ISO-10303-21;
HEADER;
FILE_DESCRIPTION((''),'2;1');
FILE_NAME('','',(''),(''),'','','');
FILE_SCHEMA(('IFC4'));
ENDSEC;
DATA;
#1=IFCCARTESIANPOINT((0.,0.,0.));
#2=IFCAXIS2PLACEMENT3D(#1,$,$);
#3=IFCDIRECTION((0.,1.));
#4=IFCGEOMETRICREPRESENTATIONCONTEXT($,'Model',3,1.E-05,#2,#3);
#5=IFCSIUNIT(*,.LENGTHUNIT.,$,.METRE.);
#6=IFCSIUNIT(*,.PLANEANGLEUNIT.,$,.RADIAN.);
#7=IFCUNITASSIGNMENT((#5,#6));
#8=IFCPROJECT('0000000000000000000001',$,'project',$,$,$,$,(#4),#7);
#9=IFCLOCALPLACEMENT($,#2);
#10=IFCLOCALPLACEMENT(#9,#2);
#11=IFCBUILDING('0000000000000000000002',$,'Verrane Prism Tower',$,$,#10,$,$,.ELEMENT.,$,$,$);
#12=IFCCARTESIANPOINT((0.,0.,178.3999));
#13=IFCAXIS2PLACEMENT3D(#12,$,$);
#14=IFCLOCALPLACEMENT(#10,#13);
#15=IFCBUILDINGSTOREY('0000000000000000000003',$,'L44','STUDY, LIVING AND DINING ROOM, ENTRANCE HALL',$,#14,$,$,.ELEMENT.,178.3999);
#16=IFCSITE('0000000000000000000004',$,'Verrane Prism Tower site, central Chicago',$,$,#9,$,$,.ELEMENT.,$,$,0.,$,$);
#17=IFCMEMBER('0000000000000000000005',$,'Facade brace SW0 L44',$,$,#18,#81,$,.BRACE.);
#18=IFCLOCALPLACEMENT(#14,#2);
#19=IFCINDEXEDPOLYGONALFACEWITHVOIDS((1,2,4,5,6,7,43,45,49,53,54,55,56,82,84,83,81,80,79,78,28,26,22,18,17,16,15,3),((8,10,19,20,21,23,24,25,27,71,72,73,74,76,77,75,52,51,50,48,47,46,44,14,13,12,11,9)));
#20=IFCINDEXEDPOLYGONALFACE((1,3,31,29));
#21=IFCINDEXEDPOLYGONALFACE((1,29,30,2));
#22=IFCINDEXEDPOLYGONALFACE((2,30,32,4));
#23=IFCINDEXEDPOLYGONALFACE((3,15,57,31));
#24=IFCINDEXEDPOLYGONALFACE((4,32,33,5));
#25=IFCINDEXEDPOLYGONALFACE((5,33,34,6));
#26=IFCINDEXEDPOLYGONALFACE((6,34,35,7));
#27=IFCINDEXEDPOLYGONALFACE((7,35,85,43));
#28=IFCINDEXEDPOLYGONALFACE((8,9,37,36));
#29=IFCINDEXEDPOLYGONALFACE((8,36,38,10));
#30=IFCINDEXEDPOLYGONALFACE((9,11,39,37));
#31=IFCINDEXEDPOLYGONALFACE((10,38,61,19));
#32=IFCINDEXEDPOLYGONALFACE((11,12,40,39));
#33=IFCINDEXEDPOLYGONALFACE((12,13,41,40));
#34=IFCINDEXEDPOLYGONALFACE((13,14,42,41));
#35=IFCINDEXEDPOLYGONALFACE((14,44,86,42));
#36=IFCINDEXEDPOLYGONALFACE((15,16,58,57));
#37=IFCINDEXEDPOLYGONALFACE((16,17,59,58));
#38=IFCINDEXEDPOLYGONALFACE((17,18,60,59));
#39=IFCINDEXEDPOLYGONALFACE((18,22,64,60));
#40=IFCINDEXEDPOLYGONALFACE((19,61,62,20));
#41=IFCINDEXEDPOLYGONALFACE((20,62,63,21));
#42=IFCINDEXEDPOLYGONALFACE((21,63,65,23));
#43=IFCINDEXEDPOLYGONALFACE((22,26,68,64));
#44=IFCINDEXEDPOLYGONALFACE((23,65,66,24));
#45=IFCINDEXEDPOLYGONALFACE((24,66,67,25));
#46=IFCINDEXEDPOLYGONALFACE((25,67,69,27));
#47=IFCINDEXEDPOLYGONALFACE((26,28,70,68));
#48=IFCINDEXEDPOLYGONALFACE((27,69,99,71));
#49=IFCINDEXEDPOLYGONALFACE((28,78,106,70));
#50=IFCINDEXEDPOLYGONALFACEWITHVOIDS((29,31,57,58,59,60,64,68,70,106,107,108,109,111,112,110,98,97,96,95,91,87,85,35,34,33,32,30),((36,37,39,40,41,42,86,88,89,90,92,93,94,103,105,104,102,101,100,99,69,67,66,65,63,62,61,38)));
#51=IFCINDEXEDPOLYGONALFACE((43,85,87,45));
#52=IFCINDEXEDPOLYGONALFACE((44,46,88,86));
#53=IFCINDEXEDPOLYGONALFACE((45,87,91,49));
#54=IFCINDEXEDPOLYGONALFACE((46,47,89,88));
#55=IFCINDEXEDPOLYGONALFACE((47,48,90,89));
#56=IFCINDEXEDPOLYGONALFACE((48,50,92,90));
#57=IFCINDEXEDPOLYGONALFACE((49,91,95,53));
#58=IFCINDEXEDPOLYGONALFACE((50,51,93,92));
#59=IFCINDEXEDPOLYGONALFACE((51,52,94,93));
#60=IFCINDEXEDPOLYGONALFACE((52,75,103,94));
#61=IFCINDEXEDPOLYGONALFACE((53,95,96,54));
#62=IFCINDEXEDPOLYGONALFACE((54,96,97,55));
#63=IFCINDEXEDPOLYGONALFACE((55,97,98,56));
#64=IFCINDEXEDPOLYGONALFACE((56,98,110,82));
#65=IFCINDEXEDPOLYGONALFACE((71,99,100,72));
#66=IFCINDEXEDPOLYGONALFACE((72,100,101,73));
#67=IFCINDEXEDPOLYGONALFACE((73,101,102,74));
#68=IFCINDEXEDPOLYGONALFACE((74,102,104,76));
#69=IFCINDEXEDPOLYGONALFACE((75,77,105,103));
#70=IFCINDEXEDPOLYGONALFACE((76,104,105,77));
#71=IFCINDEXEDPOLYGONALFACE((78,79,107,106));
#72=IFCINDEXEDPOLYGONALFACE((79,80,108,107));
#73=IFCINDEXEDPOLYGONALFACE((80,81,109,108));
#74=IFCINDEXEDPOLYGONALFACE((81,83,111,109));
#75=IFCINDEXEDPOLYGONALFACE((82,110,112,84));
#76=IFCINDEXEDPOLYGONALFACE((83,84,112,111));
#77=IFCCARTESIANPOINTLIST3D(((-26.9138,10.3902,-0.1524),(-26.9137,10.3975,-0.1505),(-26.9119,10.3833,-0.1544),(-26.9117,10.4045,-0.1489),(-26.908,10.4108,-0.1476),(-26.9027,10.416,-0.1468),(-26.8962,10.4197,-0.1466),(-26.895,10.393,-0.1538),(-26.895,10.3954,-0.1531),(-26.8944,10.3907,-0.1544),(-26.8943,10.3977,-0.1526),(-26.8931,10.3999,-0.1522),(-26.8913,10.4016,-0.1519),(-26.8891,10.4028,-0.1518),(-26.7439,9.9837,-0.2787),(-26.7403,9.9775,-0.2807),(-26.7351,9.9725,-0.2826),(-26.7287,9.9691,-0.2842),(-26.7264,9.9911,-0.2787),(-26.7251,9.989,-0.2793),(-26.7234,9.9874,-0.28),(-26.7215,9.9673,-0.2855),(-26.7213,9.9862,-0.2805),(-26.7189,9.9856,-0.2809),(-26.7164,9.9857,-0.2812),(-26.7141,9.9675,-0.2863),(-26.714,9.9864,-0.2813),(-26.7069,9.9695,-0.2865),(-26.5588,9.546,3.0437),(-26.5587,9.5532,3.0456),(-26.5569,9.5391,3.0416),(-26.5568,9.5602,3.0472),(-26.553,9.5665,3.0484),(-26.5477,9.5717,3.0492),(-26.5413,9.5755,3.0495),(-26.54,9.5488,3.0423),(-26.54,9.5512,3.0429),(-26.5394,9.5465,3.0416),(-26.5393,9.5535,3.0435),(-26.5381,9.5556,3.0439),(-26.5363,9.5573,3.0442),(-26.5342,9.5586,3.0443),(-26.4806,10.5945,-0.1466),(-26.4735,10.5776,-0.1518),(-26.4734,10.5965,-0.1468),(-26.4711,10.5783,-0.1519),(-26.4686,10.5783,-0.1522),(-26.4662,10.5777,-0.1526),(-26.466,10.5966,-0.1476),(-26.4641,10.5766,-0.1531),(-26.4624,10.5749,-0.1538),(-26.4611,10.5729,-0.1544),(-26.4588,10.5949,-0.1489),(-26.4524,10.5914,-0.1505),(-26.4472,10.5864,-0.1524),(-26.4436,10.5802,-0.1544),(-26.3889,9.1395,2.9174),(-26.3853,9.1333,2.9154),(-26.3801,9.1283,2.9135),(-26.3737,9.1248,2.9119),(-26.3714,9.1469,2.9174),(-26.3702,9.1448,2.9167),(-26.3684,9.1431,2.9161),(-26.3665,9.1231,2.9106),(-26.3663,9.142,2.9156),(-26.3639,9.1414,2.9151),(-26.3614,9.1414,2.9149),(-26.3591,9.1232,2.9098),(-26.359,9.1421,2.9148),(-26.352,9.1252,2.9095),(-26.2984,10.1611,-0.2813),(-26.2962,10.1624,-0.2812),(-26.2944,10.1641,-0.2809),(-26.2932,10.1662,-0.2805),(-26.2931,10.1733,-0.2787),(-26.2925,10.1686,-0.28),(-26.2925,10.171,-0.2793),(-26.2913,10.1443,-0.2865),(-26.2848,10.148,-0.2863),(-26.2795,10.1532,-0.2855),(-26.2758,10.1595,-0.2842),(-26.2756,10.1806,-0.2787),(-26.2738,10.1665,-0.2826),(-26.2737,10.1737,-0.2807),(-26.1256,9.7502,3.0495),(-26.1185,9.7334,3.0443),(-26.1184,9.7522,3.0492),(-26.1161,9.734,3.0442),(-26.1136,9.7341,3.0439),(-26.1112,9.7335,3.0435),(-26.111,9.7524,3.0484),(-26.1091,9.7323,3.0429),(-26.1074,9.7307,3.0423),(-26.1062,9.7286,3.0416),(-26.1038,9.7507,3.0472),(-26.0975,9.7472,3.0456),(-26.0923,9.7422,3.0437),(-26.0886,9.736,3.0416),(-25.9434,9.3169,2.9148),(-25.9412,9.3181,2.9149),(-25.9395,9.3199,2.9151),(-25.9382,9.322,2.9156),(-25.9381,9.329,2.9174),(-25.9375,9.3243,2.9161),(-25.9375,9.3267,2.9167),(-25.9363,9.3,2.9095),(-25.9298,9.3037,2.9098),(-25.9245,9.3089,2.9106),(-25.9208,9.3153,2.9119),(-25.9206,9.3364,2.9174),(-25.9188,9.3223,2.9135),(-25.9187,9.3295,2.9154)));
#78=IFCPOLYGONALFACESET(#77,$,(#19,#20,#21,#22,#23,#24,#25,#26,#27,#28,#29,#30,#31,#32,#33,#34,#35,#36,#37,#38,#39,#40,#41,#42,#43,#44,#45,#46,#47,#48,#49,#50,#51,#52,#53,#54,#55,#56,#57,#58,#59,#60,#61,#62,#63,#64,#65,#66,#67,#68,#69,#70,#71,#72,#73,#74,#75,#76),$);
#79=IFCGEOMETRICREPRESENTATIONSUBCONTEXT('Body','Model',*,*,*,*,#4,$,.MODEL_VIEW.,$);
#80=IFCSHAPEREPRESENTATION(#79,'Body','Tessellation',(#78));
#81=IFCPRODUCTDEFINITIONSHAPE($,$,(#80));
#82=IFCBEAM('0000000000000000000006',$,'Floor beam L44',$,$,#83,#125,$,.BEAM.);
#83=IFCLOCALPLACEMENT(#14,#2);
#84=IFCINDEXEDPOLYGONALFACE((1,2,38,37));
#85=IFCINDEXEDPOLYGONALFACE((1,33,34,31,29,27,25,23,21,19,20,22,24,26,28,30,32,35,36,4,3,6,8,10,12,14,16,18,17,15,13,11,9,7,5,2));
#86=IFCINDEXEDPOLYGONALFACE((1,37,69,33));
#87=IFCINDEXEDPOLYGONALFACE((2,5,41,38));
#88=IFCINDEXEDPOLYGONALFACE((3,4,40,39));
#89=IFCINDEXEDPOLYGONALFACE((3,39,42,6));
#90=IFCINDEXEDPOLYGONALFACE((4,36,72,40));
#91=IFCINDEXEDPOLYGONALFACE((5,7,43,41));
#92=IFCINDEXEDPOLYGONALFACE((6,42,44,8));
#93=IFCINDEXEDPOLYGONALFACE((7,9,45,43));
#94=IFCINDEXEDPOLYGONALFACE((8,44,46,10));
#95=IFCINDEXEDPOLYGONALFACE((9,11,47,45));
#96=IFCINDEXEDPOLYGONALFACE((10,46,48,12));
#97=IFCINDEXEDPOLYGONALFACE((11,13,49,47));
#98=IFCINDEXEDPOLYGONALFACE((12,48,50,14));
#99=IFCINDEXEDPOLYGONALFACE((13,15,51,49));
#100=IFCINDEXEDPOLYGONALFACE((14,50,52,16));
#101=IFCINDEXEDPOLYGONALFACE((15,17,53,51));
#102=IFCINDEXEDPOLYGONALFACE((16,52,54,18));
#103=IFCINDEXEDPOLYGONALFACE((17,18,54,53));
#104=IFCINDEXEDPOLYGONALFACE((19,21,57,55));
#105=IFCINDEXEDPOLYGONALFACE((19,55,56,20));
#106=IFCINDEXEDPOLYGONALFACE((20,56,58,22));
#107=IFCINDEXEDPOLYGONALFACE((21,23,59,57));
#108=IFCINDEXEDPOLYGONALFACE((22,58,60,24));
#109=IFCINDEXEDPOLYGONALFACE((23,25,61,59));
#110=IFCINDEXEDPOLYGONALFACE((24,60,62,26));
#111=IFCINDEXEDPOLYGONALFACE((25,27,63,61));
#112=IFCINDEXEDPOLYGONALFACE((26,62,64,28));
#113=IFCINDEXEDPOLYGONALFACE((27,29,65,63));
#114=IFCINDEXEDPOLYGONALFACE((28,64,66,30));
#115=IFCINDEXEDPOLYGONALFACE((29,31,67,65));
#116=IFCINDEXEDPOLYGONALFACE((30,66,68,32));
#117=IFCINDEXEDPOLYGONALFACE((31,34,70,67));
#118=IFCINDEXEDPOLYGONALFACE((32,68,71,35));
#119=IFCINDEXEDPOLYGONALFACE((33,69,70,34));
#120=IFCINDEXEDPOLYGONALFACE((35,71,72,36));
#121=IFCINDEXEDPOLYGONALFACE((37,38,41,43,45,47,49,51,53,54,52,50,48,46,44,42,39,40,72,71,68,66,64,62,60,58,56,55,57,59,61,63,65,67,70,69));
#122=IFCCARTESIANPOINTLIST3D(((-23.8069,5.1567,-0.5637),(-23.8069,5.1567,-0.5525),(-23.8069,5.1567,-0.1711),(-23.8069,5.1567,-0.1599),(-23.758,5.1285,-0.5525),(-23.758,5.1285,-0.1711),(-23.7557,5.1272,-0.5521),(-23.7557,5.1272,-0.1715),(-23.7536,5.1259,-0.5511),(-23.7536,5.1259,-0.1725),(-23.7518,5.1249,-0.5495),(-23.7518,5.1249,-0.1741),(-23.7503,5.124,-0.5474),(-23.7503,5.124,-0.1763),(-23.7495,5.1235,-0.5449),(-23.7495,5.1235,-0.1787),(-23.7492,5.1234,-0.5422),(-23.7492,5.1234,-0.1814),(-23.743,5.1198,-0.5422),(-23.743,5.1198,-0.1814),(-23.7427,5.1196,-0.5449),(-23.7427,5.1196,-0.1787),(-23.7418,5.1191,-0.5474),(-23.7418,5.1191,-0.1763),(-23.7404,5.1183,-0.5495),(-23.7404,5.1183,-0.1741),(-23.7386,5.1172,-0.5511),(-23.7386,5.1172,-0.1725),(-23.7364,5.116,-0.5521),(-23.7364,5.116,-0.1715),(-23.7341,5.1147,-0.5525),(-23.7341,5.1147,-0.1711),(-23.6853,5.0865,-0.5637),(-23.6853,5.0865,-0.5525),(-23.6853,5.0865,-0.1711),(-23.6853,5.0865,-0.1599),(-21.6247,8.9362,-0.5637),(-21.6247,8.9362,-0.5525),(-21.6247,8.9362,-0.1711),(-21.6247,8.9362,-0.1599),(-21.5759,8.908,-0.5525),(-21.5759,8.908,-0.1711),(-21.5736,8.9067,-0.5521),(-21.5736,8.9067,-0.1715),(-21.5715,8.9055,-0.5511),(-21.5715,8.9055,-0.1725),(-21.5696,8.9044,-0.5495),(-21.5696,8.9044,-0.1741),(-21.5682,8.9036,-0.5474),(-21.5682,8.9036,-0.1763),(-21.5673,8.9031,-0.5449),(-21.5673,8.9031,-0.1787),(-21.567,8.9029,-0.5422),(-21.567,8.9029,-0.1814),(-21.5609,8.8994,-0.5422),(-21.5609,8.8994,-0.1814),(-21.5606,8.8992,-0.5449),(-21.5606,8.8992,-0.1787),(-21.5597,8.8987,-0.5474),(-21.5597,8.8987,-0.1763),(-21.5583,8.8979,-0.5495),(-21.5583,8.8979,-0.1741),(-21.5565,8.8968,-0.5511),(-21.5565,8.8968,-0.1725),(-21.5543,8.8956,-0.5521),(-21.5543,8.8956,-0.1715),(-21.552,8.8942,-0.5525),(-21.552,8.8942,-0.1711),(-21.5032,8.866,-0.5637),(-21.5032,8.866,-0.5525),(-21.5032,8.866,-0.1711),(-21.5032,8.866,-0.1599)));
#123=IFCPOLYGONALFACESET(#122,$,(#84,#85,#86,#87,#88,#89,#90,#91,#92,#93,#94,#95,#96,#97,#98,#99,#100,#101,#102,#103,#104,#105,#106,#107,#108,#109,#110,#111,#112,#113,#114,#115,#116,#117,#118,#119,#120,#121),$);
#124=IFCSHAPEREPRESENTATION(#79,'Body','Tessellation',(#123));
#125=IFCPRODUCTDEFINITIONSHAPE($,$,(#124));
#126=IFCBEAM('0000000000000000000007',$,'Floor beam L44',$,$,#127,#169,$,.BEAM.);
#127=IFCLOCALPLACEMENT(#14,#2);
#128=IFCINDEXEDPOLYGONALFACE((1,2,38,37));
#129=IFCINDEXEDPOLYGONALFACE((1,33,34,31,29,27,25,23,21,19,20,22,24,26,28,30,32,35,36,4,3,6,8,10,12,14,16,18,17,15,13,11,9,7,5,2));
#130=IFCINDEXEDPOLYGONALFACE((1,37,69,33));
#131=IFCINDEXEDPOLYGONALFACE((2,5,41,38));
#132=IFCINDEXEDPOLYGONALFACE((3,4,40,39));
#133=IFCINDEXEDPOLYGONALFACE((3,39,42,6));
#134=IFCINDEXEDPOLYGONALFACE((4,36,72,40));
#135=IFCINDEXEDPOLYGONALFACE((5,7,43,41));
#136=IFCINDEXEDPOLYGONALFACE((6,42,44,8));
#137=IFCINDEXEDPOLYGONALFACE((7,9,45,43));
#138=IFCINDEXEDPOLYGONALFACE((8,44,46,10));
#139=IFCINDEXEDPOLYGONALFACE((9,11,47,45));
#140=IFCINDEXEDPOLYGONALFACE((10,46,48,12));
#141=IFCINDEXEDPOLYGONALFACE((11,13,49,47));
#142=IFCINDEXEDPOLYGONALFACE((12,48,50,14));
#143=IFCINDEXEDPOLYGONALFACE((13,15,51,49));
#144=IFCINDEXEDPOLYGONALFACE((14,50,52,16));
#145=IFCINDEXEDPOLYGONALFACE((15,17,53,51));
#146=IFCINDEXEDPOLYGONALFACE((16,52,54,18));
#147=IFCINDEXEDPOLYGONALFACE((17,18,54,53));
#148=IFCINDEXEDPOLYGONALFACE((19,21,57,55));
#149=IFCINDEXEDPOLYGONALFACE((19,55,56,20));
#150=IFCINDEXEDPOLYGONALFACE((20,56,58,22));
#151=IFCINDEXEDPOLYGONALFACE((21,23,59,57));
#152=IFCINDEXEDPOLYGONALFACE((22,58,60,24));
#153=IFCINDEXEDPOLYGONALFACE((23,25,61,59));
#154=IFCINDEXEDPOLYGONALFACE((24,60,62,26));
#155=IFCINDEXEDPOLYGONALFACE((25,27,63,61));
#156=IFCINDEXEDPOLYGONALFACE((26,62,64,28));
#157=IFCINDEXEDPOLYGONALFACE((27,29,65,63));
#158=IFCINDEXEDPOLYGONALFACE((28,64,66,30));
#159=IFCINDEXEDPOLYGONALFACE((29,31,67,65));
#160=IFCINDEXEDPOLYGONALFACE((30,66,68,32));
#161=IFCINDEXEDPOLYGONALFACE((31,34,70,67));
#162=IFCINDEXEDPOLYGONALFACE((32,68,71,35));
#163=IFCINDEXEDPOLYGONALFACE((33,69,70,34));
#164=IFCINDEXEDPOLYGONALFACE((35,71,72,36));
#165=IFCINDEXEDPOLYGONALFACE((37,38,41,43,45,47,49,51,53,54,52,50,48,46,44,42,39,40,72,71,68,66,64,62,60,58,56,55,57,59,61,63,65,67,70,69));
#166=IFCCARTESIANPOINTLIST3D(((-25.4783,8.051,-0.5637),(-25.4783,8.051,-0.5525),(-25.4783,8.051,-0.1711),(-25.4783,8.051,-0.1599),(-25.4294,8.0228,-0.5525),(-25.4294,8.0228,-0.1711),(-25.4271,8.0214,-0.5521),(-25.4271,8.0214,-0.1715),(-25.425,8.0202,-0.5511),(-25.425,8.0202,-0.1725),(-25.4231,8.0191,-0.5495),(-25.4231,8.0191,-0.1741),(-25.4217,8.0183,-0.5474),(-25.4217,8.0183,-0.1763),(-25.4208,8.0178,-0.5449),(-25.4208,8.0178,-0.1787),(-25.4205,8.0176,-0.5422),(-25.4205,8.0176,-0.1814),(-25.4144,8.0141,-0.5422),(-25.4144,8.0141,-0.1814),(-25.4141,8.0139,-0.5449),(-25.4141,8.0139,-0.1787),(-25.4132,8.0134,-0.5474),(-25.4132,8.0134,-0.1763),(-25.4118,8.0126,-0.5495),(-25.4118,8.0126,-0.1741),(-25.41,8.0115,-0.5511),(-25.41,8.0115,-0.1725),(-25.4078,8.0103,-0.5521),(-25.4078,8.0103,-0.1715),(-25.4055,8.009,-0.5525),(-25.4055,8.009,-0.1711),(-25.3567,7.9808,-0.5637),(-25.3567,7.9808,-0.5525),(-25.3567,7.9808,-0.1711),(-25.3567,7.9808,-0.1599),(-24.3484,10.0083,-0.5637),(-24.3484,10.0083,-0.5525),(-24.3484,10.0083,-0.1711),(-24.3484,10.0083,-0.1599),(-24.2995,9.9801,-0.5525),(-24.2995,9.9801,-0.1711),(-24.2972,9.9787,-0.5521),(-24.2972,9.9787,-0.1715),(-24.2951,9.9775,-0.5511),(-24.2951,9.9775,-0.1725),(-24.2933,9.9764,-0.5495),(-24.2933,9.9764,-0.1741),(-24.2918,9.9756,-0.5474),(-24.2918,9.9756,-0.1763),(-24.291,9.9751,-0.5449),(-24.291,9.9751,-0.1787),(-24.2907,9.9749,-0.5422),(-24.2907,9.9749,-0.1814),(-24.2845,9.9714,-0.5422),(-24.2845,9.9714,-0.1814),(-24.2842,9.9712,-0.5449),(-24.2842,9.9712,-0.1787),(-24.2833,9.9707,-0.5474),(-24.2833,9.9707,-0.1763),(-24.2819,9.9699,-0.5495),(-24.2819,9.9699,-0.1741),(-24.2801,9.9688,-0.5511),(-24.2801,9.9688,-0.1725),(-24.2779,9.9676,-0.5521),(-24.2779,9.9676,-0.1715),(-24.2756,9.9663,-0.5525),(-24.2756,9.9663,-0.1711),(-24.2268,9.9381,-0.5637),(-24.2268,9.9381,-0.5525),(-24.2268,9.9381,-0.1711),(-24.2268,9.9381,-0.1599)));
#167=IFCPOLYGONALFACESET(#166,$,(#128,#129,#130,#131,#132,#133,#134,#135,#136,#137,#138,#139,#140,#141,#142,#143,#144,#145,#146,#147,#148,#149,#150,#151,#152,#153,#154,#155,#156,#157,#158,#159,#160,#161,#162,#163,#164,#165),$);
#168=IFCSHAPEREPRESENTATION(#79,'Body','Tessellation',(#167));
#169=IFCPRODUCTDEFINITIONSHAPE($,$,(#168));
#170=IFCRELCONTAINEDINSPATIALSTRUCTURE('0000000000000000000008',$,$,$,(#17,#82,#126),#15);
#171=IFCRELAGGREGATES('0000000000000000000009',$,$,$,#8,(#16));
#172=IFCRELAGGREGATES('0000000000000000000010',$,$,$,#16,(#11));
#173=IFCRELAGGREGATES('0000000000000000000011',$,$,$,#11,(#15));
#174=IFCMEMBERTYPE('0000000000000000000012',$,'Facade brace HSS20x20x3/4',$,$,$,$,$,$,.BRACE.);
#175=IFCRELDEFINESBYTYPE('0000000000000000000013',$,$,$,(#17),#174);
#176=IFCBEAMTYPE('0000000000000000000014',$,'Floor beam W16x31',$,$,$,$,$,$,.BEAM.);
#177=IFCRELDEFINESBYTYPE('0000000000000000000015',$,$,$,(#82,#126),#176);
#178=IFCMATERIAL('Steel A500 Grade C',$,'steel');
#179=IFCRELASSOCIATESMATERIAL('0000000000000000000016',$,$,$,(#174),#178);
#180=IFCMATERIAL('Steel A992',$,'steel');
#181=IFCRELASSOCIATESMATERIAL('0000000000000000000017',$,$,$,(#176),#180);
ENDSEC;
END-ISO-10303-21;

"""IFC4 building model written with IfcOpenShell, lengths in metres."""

from ifc_helpers import new_model, si_unit, direction, frame, origin, origin_2d, place, context, subcontext, project, spatial, hollow_rectangle, i_section, extrude, material, material_profile, profile_set, type_object, element, save


model = new_model("IFC4")

# Units and contexts
model_context = context("Model", 3, precision=1e-05, world=origin(), true_north=direction((0.0, 1.0)))
body_context = subcontext(model_context, "Body", "Model", "MODEL_VIEW")
ifc_project = project(units=[si_unit("LENGTHUNIT", "METRE"), si_unit("PLANEANGLEUNIT", "RADIAN")], contexts=[model_context])

# Site, building, storey
site_placement = place(None, origin())
site = spatial("IfcSite", under=ifc_project, at=site_placement, Name="Verrane Prism Tower site, central Chicago", CompositionType="ELEMENT", RefElevation=0.0)
building_placement = place(site_placement, origin())
building = spatial("IfcBuilding", under=site, at=building_placement, Name="Verrane Prism Tower", CompositionType="ELEMENT")
storey_placement = place(building_placement, frame((0.0, 0.0, 178.3999)))
storey = spatial("IfcBuildingStorey", under=building, at=storey_placement, Name="L44", Description="STUDY, LIVING AND DINING ROOM, ENTRANCE HALL", CompositionType="ELEMENT", Elevation=178.3999)

# Member
ifc_material_1 = material(Name="Steel A500 Grade C", Category="steel")
ifc_material_profile_1 = material_profile(ifc_material_1, hollow_rectangle(XDim=0.5081, YDim=0.5081, WallThickness=0.019, InnerFilletRadius=0.0095, OuterFilletRadius=0.0286, at=origin_2d()), Name="HSS20x20x3/4")
ifc_profile_set_1 = profile_set([ifc_material_profile_1], Name="Steel A500 Grade C")
member_type_1 = type_object("IfcMemberType", Name="Facade brace HSS20x20x3/4", PredefinedType="BRACE", material=ifc_profile_set_1)
member_1_placement = place(storey_placement, frame((-26.5938, 10.282, -0.2166), z_axis=(0.106772, -0.253931, 0.961311), x_axis=(0.921826, 0.387604, 0.0)))
element("IfcMember", 1, at=member_1_placement, inside=storey, type_object=member_type_1, Name="Facade brace SW0 L44", PredefinedType="BRACE", context=body_context, shape_type="SweptSolid", body=[
    extrude(hollow_rectangle(XDim=0.5081, YDim=0.5081, WallThickness=0.019, InnerFilletRadius=0.0095, OuterFilletRadius=0.0286, at=origin_2d()), origin(), (0.0, 0.0, 1.0), 3.3247),
])

# Beams
ifc_material_2 = material(Name="Steel A992", Category="steel")
ifc_material_profile_2 = material_profile(ifc_material_2, i_section(OverallWidth=0.1404, OverallDepth=0.4038, WebThickness=0.0071, FlangeThickness=0.0112, FilletRadius=0.0103, at=origin_2d()), Name="W16x31")
ifc_profile_set_2 = profile_set([ifc_material_profile_2], Name="Steel A992")
beam_type_1 = type_object("IfcBeamType", Name="Floor beam W16x31", PredefinedType="BEAM", material=ifc_profile_set_2)
beam_1_placement = place(storey_placement, frame((-23.7461, 5.1216, -0.3618), z_axis=(0.500002, 0.866024, 0.0), x_axis=(-0.866024, 0.500002, 0.0)))
element("IfcBeam", 2, at=beam_1_placement, inside=storey, type_object=beam_type_1, Name="Floor beam L44", PredefinedType="BEAM", context=body_context, shape_type="SweptSolid", body=[
    extrude(i_section(OverallWidth=0.1404, OverallDepth=0.4038, WebThickness=0.0071, FlangeThickness=0.0112, FilletRadius=0.0103, at=origin_2d()), origin(), (0.0, 0.0, 1.0), 4.3643),
])
beam_2_placement = place(storey_placement, frame((-25.4175, 8.0159, -0.3618), z_axis=(0.49995, 0.866054, 0.0), x_axis=(-0.866054, 0.49995, 0.0)))
element("IfcBeam", 3, at=beam_2_placement, inside=storey, type_object=beam_type_1, Name="Floor beam L44", PredefinedType="BEAM", context=body_context, shape_type="SweptSolid", body=[
    extrude(i_section(OverallWidth=0.1404, OverallDepth=0.4038, WebThickness=0.0071, FlangeThickness=0.0112, FilletRadius=0.0103, at=origin_2d()), origin(), (0.0, 0.0, 1.0), 2.26),
])

save(model, "model.ifc")
